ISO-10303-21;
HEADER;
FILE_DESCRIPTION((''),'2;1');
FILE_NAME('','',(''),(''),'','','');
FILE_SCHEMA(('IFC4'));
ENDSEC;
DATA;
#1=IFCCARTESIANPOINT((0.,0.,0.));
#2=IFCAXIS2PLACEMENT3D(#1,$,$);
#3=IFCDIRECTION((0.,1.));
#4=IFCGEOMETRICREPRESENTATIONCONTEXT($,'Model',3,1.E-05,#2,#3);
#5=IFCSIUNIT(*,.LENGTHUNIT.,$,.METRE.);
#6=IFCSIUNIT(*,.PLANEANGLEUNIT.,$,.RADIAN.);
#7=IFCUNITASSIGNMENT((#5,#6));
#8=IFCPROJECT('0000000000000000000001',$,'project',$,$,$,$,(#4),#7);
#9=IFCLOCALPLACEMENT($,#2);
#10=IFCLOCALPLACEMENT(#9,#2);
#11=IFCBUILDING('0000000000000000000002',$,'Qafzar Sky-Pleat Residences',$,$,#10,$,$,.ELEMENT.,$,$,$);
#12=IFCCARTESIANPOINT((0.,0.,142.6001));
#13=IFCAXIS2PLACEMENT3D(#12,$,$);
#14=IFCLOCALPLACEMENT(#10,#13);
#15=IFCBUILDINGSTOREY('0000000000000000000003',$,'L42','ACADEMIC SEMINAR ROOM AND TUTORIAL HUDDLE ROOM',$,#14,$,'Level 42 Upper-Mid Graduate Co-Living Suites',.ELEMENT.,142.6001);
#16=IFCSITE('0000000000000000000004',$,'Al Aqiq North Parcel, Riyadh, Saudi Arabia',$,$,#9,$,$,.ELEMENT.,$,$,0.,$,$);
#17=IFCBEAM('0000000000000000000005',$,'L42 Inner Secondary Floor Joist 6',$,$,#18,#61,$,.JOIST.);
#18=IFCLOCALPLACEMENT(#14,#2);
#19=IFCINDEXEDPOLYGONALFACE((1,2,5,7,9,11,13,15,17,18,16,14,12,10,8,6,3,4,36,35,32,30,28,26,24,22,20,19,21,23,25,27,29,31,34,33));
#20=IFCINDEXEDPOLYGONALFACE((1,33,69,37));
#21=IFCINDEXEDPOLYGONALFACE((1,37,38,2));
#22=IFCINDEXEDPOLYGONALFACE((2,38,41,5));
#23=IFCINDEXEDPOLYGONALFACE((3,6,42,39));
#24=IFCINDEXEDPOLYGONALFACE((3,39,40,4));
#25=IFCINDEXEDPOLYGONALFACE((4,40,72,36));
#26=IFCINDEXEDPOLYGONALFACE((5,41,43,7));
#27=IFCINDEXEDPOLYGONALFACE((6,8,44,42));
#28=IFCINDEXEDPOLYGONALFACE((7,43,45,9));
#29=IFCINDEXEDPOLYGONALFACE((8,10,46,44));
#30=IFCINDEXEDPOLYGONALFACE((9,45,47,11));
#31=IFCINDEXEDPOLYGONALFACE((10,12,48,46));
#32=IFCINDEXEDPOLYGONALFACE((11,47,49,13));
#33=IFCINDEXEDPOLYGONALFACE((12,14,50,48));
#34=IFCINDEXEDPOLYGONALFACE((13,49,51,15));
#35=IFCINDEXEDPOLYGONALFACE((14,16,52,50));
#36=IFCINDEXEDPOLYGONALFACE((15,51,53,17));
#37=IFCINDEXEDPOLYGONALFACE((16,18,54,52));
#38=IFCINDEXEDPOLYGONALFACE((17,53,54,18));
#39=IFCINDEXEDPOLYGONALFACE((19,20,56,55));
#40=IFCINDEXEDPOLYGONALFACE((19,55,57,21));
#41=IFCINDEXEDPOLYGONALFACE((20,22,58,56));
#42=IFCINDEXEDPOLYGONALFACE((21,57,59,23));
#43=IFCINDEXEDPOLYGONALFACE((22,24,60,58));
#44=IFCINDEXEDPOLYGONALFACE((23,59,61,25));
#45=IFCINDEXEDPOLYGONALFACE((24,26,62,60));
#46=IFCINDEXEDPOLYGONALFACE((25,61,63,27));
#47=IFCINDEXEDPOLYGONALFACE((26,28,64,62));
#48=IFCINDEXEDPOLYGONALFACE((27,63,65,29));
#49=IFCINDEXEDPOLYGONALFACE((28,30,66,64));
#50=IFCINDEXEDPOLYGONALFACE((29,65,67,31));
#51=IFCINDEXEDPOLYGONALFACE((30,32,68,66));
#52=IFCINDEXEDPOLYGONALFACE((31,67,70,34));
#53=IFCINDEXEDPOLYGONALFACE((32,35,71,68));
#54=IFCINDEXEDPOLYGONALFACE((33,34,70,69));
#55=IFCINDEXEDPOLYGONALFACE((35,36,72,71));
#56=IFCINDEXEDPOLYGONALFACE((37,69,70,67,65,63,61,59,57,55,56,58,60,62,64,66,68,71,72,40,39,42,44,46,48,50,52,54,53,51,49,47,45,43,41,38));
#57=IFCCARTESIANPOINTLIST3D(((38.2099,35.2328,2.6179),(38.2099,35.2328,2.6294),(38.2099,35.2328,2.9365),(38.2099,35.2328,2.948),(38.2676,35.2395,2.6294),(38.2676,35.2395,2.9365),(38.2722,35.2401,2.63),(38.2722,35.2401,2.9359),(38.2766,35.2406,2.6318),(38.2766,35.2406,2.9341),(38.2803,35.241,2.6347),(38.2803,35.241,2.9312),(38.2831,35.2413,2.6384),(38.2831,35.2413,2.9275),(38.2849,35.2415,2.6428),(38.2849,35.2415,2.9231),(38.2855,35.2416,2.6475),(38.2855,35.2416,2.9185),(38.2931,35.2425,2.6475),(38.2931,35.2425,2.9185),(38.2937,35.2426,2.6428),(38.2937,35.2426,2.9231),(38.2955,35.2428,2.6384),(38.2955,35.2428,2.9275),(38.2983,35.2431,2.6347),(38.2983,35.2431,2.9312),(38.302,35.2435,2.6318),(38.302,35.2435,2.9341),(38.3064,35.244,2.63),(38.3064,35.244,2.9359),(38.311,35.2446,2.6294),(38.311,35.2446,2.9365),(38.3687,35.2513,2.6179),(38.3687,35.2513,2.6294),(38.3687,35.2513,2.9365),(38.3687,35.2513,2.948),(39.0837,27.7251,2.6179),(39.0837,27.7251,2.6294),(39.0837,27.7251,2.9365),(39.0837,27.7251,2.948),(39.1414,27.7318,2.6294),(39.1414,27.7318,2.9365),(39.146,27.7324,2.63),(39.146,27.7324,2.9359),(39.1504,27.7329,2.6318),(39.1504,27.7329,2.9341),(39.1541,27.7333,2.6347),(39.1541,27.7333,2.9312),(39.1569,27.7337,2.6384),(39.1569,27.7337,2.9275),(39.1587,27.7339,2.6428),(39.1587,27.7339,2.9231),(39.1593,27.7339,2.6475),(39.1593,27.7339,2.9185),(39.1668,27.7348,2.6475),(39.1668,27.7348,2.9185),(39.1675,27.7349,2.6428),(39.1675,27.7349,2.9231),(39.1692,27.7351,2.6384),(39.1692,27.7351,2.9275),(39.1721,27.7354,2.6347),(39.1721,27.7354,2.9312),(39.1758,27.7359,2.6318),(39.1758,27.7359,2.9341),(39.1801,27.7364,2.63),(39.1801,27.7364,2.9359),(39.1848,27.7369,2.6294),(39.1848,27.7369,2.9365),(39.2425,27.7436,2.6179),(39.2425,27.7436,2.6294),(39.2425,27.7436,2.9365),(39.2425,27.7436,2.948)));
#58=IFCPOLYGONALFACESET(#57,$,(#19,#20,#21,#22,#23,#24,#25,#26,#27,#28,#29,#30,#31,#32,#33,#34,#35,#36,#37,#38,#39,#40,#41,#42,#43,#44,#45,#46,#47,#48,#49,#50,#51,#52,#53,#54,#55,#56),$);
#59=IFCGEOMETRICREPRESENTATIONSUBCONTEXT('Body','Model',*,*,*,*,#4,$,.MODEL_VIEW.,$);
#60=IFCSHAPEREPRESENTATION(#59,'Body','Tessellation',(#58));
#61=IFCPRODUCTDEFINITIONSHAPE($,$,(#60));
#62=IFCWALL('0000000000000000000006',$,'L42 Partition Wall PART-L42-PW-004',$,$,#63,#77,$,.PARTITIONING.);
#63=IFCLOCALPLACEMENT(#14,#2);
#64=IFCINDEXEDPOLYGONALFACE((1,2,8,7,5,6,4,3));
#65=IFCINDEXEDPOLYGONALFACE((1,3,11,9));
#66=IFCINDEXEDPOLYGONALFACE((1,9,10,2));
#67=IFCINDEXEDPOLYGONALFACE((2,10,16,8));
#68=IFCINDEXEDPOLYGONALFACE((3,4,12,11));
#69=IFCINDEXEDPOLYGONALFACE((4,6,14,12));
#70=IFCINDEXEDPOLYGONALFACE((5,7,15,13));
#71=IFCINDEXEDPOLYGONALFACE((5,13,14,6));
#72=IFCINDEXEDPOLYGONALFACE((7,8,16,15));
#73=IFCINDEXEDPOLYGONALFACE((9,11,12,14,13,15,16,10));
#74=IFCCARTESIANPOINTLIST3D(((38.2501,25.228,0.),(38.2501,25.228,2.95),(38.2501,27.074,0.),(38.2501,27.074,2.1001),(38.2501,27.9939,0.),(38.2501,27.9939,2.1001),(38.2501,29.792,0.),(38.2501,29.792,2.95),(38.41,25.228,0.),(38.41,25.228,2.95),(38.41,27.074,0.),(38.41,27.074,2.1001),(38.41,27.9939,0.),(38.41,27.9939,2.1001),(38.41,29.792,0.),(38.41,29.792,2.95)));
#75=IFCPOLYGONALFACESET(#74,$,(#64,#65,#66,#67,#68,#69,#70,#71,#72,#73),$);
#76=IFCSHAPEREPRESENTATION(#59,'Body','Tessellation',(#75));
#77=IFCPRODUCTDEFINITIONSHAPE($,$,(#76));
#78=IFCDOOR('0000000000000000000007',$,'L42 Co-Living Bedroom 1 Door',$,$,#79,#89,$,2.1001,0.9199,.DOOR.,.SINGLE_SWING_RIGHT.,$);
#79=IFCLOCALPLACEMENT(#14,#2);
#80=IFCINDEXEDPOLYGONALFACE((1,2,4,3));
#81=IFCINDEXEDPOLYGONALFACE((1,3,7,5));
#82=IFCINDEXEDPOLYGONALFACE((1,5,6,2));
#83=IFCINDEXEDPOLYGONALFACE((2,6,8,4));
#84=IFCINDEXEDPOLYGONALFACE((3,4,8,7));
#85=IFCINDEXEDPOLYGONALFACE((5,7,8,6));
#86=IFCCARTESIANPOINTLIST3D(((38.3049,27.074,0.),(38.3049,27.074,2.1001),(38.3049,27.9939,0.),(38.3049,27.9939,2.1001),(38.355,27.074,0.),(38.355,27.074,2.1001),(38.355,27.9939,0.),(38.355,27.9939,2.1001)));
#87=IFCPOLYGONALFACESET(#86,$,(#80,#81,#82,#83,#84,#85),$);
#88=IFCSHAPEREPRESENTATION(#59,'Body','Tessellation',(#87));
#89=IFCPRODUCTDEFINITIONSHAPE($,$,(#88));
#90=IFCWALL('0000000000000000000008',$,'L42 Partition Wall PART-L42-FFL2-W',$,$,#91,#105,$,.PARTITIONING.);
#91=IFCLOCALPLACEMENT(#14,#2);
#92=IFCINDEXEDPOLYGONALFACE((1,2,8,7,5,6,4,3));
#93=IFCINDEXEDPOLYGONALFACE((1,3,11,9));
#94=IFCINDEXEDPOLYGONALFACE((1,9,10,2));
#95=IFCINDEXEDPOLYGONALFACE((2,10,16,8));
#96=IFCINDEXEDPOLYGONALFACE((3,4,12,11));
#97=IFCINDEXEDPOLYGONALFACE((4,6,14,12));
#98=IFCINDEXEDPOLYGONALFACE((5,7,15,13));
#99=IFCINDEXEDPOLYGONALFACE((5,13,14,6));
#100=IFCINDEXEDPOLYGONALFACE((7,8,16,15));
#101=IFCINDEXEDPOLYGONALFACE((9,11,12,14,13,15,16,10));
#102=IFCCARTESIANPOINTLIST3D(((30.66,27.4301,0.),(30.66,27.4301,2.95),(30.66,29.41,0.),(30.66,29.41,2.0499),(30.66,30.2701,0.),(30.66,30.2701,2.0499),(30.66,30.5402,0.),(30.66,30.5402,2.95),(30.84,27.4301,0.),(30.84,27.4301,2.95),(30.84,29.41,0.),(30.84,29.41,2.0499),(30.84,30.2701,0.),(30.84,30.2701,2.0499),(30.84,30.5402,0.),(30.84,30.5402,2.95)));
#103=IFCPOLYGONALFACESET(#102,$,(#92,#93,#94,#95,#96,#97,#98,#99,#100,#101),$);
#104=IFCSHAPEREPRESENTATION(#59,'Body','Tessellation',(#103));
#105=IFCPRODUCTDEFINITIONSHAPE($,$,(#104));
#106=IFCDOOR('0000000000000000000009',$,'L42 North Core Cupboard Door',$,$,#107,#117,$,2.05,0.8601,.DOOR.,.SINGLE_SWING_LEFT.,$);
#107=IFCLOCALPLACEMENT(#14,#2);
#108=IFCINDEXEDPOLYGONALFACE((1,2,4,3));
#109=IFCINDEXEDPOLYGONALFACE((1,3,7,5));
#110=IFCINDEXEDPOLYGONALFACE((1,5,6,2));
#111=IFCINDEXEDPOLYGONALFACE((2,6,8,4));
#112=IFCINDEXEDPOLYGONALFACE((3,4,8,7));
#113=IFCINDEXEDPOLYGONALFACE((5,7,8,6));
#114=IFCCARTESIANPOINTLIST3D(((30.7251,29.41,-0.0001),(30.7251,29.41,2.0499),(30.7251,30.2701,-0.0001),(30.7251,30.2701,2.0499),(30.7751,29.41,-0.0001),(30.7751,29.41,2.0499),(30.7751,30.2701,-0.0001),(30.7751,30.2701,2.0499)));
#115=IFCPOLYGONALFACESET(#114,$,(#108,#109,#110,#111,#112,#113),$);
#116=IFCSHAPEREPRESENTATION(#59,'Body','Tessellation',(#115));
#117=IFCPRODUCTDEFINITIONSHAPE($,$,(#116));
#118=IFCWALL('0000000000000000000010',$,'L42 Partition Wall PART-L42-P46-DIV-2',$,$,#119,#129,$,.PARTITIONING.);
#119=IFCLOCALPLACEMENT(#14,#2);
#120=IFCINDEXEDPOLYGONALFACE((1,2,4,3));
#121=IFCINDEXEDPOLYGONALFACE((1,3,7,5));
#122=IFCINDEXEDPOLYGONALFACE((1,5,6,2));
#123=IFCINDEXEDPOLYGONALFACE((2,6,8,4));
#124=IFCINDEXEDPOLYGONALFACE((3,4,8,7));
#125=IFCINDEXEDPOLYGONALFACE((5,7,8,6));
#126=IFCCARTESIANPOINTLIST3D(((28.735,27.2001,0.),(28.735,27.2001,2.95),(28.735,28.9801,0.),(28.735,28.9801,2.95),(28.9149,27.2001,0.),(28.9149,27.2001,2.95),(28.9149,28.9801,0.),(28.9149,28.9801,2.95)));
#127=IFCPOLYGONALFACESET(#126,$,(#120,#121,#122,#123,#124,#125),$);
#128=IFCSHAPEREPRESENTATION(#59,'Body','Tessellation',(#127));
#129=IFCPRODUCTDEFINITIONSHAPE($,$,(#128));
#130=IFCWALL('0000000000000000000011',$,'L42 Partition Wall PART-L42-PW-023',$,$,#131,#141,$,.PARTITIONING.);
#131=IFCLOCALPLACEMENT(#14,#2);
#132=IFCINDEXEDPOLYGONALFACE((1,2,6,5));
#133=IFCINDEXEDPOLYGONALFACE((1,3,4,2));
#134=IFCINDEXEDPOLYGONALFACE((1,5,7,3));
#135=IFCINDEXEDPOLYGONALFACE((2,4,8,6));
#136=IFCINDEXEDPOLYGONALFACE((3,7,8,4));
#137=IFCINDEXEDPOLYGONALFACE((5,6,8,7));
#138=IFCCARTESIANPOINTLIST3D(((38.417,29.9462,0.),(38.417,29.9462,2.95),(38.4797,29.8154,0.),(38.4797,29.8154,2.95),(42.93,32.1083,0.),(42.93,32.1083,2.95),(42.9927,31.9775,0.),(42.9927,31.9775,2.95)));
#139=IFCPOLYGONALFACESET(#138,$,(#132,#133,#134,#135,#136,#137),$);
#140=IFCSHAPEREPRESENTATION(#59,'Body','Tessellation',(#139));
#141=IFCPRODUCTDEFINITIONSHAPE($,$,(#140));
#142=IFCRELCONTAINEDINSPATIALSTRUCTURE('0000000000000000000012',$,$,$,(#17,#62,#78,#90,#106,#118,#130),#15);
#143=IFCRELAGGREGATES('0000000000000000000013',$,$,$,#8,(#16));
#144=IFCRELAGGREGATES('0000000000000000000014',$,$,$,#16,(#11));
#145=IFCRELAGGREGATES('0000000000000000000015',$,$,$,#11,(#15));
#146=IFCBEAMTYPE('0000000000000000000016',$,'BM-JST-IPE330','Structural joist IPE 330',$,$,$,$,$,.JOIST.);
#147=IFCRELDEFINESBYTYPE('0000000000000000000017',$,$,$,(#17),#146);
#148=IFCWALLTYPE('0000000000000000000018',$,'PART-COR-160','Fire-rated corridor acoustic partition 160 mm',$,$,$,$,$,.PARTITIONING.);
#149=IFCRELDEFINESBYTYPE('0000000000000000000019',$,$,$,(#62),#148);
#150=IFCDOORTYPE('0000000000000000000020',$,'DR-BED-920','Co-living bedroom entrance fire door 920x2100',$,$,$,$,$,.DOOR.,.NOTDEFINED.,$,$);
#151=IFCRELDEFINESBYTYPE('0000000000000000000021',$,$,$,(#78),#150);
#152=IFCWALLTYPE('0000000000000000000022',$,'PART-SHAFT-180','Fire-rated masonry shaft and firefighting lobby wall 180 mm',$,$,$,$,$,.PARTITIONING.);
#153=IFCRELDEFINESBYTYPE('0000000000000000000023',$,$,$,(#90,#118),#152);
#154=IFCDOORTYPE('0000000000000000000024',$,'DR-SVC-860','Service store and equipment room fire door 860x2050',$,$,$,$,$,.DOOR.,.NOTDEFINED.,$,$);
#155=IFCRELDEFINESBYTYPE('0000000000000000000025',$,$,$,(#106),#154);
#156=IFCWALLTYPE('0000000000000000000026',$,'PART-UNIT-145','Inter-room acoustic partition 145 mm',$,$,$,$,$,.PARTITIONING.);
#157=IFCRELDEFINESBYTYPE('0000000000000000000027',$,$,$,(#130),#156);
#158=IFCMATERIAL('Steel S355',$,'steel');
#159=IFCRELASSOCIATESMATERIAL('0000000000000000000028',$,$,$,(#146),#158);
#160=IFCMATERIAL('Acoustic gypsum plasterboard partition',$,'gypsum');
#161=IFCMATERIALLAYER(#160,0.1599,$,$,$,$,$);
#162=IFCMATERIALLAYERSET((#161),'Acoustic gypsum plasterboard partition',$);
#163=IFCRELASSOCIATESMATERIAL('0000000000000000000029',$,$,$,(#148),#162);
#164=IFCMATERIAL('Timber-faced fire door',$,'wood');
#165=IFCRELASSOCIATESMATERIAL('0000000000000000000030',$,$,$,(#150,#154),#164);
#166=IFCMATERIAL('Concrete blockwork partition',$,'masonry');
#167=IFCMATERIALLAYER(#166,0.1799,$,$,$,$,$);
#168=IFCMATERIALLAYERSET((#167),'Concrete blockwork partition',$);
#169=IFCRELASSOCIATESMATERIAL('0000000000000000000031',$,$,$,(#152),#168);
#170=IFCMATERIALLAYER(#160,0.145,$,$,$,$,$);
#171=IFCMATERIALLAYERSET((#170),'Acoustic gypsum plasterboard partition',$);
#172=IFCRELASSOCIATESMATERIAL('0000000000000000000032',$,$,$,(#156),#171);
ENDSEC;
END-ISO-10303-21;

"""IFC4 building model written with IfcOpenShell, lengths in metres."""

from ifc_helpers import new_model, si_unit, direction, frame, frame_2d, origin, origin_2d, place, context, subcontext, project, spatial, rectangle, i_section, extrude, source, transform, mapped, material, layer, layer_set, material_profile, profile_set, type_object, element, fill, save


model = new_model("IFC4")

# Units and contexts
model_context = context("Model", 3, precision=1e-05, world=origin(), true_north=direction((0.0, 1.0)))
body_context = subcontext(model_context, "Body", "Model", "MODEL_VIEW")
ifc_project = project(units=[si_unit("LENGTHUNIT", "METRE"), si_unit("PLANEANGLEUNIT", "RADIAN")], contexts=[model_context])

# Site, building, storey
site_placement = place(None, origin())
site = spatial("IfcSite", under=ifc_project, at=site_placement, Name="Al Aqiq North Parcel, Riyadh, Saudi Arabia", CompositionType="ELEMENT", RefElevation=0.0)
building_placement = place(site_placement, origin())
building = spatial("IfcBuilding", under=site, at=building_placement, Name="Qafzar Sky-Pleat Residences", CompositionType="ELEMENT")
storey_placement = place(building_placement, frame((0.0, 0.0, 142.6001)))
storey = spatial("IfcBuildingStorey", under=building, at=storey_placement, Name="L42", Description="ACADEMIC SEMINAR ROOM AND TUTORIAL HUDDLE ROOM", LongName="Level 42 Upper-Mid Graduate Co-Living Suites", CompositionType="ELEMENT", Elevation=142.6001)

# Beam
ifc_material_1 = material(Name="Steel S355", Category="steel")
ifc_material_profile = material_profile(ifc_material_1, i_section(OverallWidth=0.1599, OverallDepth=0.3301, WebThickness=0.0076, FlangeThickness=0.0115, FilletRadius=0.0181, at=origin_2d()), Name="IPE 330")
ifc_profile_set = profile_set([ifc_material_profile], Name="Steel S355")
beam_type = type_object("IfcBeamType", Name="BM-JST-IPE330", Description="Structural joist IPE 330", PredefinedType="JOIST", material=ifc_profile_set)
shared_shape_1 = source(origin(), body_context, "Body", "SweptSolid", [
    extrude(i_section(OverallWidth=0.1599, OverallDepth=0.3301, WebThickness=0.0076, FlangeThickness=0.0115, FilletRadius=0.0181, at=origin_2d()), origin(), (0.0, 0.0, 1.0), 7.5583),
])
beam_placement = place(storey_placement, frame((39.1631, 27.7344, 2.783), z_axis=(-0.115606, 0.993295, 0.0), x_axis=(-0.993295, -0.115606, 0.0)))
element("IfcBeam", 1, at=beam_placement, inside=storey, type_object=beam_type, Name="L42 Inner Secondary Floor Joist 6", PredefinedType="JOIST", context=body_context, shape_type="MappedRepresentation", body=[
    mapped(shared_shape_1, transform((0.0, 0.0, 0.0), x_axis=(1.0, 0.0, 0.0), y_axis=(0.0, 1.0, 0.0), z_axis=(0.0, 0.0, 1.0), scale=1.0)),
])

# Walls, openings, doors
ifc_material_2 = material(Name="Acoustic gypsum plasterboard partition", Category="gypsum")
ifc_layer_1 = layer(ifc_material_2, 0.1599)
ifc_layer_set_1 = layer_set([ifc_layer_1], Name="Acoustic gypsum plasterboard partition")
wall_type_1 = type_object("IfcWallType", Name="PART-COR-160", Description="Fire-rated corridor acoustic partition 160 mm", PredefinedType="PARTITIONING", material=ifc_layer_set_1)
wall_1_placement = place(storey_placement, frame((38.3301, 29.792, 0.0), z_axis=(0.0, 0.0, 1.0), x_axis=(0.0, -1.0, 0.0)))
wall_1 = element("IfcWall", 2, at=wall_1_placement, inside=storey, type_object=wall_type_1, Name="L42 Partition Wall PART-L42-PW-004", PredefinedType="PARTITIONING", context=body_context, shape_type="SweptSolid", body=[
    extrude(rectangle(XDim=4.564, YDim=0.1599, at=frame_2d((2.282, 0.0))), origin(), (0.0, 0.0, 1.0), 2.95),
])
opening_1_placement = place(wall_1_placement, frame((1.7981, 0.0, 0.0)))
opening_1 = element("IfcOpeningElement", 3, at=opening_1_placement, cuts=wall_1, PredefinedType="OPENING", context=body_context, shape_type="SweptSolid", body=[
    extrude(rectangle(XDim=0.9199, YDim=2.1001, at=frame_2d((0.46, 1.05))), frame((0.0, 0.0898, 0.0), z_axis=(0.0, -1.0, 0.0), x_axis=(1.0, 0.0, 0.0)), (0.0, 0.0, 1.0), 0.1799),
])
ifc_material_3 = material(Name="Timber-faced fire door", Category="wood")
door_type_1 = type_object("IfcDoorType", Name="DR-BED-920", Description="Co-living bedroom entrance fire door 920x2100", OperationType="NOTDEFINED", PredefinedType="DOOR", material=ifc_material_3)
shared_shape_2 = source(origin(), body_context, "Body", "SweptSolid", [
    extrude(rectangle(XDim=0.9199, YDim=2.1001, at=frame_2d((0.46, 1.05))), frame((0.0, 0.0249, 0.0), z_axis=(0.0, -1.0, 0.0), x_axis=(1.0, 0.0, 0.0)), (0.0, 0.0, 1.0), 0.05),
])
door_1_placement = place(opening_1_placement, origin())
door_1 = element("IfcDoor", 4, at=door_1_placement, inside=storey, type_object=door_type_1, Name="L42 Co-Living Bedroom 1 Door", OperationType="SINGLE_SWING_RIGHT", OverallHeight=2.1001, OverallWidth=0.9199, PredefinedType="DOOR", context=body_context, shape_type="MappedRepresentation", body=[
    mapped(shared_shape_2, transform((0.0, 0.0, 0.0), x_axis=(1.0, 0.0, 0.0), y_axis=(0.0, 1.0, 0.0), z_axis=(0.0, 0.0, 1.0), scale=1.0)),
])
fill(opening_1, door_1)
ifc_material_4 = material(Name="Concrete blockwork partition", Category="masonry")
ifc_layer_2 = layer(ifc_material_4, 0.1799)
ifc_layer_set_2 = layer_set([ifc_layer_2], Name="Concrete blockwork partition")
wall_type_2 = type_object("IfcWallType", Name="PART-SHAFT-180", Description="Fire-rated masonry shaft and firefighting lobby wall 180 mm", PredefinedType="PARTITIONING", material=ifc_layer_set_2)
wall_2_placement = place(storey_placement, frame((30.75, 27.4299, 0.0), z_axis=(0.0, 0.0, 1.0), x_axis=(0.0, 1.0, 0.0)))
wall_2 = element("IfcWall", 5, at=wall_2_placement, inside=storey, type_object=wall_type_2, Name="L42 Partition Wall PART-L42-FFL2-W", PredefinedType="PARTITIONING", context=body_context, shape_type="SweptSolid", body=[
    extrude(rectangle(XDim=3.1101, YDim=0.1799, at=frame_2d((1.5552, 0.0))), origin(), (0.0, 0.0, 1.0), 2.95),
])
opening_2_placement = place(wall_2_placement, frame((1.98, 0.0, 0.0)))
opening_2 = element("IfcOpeningElement", 6, at=opening_2_placement, cuts=wall_2, PredefinedType="OPENING", context=body_context, shape_type="SweptSolid", body=[
    extrude(rectangle(XDim=0.8601, YDim=2.05, at=frame_2d((0.4302, 1.0249))), frame((0.0, 0.1001, 0.0), z_axis=(0.0, -1.0, 0.0), x_axis=(1.0, 0.0, 0.0)), (0.0, 0.0, 1.0), 0.2),
])
door_type_2 = type_object("IfcDoorType", Name="DR-SVC-860", Description="Service store and equipment room fire door 860x2050", OperationType="NOTDEFINED", PredefinedType="DOOR", material=ifc_material_3)
shared_shape_3 = source(origin(), body_context, "Body", "SweptSolid", [
    extrude(rectangle(XDim=0.8601, YDim=2.05, at=frame_2d((0.4302, 1.0249))), frame((0.0, 0.0249, 0.0), z_axis=(0.0, -1.0, 0.0), x_axis=(1.0, 0.0, 0.0)), (0.0, 0.0, 1.0), 0.05),
])
door_2_placement = place(opening_2_placement, origin())
door_2 = element("IfcDoor", 7, at=door_2_placement, inside=storey, type_object=door_type_2, Name="L42 North Core Cupboard Door", OperationType="SINGLE_SWING_LEFT", OverallHeight=2.05, OverallWidth=0.8601, PredefinedType="DOOR", context=body_context, shape_type="MappedRepresentation", body=[
    mapped(shared_shape_3, transform((0.0, 0.0, 0.0), x_axis=(1.0, 0.0, 0.0), y_axis=(0.0, 1.0, 0.0), z_axis=(0.0, 0.0, 1.0), scale=1.0)),
])
fill(opening_2, door_2)

# Walls
wall_3_placement = place(storey_placement, frame((28.825, 27.2, 0.0), z_axis=(0.0, 0.0, 1.0), x_axis=(0.0, 1.0, 0.0)))
element("IfcWall", 8, at=wall_3_placement, inside=storey, type_object=wall_type_2, Name="L42 Partition Wall PART-L42-P46-DIV-2", PredefinedType="PARTITIONING", context=body_context, shape_type="SweptSolid", body=[
    extrude(rectangle(XDim=1.78, YDim=0.1799, at=frame_2d((0.8901, 0.0))), origin(), (0.0, 0.0, 1.0), 2.95),
])
ifc_layer_3 = layer(ifc_material_2, 0.145)
ifc_layer_set_3 = layer_set([ifc_layer_3], Name="Acoustic gypsum plasterboard partition")
wall_type_3 = type_object("IfcWallType", Name="PART-UNIT-145", Description="Inter-room acoustic partition 145 mm", PredefinedType="PARTITIONING", material=ifc_layer_set_3)
wall_4_placement = place(storey_placement, frame((38.4485, 29.8809, 0.0), z_axis=(0.0, 0.0, 1.0), x_axis=(0.901843, 0.432065, 0.0)))
element("IfcWall", 9, at=wall_4_placement, inside=storey, type_object=wall_type_3, Name="L42 Partition Wall PART-L42-PW-023", PredefinedType="PARTITIONING", context=body_context, shape_type="SweptSolid", body=[
    extrude(rectangle(XDim=5.0042, YDim=0.145, at=frame_2d((2.502, 0.0))), origin(), (0.0, 0.0, 1.0), 2.95),
])

save(model, "model.ifc")
